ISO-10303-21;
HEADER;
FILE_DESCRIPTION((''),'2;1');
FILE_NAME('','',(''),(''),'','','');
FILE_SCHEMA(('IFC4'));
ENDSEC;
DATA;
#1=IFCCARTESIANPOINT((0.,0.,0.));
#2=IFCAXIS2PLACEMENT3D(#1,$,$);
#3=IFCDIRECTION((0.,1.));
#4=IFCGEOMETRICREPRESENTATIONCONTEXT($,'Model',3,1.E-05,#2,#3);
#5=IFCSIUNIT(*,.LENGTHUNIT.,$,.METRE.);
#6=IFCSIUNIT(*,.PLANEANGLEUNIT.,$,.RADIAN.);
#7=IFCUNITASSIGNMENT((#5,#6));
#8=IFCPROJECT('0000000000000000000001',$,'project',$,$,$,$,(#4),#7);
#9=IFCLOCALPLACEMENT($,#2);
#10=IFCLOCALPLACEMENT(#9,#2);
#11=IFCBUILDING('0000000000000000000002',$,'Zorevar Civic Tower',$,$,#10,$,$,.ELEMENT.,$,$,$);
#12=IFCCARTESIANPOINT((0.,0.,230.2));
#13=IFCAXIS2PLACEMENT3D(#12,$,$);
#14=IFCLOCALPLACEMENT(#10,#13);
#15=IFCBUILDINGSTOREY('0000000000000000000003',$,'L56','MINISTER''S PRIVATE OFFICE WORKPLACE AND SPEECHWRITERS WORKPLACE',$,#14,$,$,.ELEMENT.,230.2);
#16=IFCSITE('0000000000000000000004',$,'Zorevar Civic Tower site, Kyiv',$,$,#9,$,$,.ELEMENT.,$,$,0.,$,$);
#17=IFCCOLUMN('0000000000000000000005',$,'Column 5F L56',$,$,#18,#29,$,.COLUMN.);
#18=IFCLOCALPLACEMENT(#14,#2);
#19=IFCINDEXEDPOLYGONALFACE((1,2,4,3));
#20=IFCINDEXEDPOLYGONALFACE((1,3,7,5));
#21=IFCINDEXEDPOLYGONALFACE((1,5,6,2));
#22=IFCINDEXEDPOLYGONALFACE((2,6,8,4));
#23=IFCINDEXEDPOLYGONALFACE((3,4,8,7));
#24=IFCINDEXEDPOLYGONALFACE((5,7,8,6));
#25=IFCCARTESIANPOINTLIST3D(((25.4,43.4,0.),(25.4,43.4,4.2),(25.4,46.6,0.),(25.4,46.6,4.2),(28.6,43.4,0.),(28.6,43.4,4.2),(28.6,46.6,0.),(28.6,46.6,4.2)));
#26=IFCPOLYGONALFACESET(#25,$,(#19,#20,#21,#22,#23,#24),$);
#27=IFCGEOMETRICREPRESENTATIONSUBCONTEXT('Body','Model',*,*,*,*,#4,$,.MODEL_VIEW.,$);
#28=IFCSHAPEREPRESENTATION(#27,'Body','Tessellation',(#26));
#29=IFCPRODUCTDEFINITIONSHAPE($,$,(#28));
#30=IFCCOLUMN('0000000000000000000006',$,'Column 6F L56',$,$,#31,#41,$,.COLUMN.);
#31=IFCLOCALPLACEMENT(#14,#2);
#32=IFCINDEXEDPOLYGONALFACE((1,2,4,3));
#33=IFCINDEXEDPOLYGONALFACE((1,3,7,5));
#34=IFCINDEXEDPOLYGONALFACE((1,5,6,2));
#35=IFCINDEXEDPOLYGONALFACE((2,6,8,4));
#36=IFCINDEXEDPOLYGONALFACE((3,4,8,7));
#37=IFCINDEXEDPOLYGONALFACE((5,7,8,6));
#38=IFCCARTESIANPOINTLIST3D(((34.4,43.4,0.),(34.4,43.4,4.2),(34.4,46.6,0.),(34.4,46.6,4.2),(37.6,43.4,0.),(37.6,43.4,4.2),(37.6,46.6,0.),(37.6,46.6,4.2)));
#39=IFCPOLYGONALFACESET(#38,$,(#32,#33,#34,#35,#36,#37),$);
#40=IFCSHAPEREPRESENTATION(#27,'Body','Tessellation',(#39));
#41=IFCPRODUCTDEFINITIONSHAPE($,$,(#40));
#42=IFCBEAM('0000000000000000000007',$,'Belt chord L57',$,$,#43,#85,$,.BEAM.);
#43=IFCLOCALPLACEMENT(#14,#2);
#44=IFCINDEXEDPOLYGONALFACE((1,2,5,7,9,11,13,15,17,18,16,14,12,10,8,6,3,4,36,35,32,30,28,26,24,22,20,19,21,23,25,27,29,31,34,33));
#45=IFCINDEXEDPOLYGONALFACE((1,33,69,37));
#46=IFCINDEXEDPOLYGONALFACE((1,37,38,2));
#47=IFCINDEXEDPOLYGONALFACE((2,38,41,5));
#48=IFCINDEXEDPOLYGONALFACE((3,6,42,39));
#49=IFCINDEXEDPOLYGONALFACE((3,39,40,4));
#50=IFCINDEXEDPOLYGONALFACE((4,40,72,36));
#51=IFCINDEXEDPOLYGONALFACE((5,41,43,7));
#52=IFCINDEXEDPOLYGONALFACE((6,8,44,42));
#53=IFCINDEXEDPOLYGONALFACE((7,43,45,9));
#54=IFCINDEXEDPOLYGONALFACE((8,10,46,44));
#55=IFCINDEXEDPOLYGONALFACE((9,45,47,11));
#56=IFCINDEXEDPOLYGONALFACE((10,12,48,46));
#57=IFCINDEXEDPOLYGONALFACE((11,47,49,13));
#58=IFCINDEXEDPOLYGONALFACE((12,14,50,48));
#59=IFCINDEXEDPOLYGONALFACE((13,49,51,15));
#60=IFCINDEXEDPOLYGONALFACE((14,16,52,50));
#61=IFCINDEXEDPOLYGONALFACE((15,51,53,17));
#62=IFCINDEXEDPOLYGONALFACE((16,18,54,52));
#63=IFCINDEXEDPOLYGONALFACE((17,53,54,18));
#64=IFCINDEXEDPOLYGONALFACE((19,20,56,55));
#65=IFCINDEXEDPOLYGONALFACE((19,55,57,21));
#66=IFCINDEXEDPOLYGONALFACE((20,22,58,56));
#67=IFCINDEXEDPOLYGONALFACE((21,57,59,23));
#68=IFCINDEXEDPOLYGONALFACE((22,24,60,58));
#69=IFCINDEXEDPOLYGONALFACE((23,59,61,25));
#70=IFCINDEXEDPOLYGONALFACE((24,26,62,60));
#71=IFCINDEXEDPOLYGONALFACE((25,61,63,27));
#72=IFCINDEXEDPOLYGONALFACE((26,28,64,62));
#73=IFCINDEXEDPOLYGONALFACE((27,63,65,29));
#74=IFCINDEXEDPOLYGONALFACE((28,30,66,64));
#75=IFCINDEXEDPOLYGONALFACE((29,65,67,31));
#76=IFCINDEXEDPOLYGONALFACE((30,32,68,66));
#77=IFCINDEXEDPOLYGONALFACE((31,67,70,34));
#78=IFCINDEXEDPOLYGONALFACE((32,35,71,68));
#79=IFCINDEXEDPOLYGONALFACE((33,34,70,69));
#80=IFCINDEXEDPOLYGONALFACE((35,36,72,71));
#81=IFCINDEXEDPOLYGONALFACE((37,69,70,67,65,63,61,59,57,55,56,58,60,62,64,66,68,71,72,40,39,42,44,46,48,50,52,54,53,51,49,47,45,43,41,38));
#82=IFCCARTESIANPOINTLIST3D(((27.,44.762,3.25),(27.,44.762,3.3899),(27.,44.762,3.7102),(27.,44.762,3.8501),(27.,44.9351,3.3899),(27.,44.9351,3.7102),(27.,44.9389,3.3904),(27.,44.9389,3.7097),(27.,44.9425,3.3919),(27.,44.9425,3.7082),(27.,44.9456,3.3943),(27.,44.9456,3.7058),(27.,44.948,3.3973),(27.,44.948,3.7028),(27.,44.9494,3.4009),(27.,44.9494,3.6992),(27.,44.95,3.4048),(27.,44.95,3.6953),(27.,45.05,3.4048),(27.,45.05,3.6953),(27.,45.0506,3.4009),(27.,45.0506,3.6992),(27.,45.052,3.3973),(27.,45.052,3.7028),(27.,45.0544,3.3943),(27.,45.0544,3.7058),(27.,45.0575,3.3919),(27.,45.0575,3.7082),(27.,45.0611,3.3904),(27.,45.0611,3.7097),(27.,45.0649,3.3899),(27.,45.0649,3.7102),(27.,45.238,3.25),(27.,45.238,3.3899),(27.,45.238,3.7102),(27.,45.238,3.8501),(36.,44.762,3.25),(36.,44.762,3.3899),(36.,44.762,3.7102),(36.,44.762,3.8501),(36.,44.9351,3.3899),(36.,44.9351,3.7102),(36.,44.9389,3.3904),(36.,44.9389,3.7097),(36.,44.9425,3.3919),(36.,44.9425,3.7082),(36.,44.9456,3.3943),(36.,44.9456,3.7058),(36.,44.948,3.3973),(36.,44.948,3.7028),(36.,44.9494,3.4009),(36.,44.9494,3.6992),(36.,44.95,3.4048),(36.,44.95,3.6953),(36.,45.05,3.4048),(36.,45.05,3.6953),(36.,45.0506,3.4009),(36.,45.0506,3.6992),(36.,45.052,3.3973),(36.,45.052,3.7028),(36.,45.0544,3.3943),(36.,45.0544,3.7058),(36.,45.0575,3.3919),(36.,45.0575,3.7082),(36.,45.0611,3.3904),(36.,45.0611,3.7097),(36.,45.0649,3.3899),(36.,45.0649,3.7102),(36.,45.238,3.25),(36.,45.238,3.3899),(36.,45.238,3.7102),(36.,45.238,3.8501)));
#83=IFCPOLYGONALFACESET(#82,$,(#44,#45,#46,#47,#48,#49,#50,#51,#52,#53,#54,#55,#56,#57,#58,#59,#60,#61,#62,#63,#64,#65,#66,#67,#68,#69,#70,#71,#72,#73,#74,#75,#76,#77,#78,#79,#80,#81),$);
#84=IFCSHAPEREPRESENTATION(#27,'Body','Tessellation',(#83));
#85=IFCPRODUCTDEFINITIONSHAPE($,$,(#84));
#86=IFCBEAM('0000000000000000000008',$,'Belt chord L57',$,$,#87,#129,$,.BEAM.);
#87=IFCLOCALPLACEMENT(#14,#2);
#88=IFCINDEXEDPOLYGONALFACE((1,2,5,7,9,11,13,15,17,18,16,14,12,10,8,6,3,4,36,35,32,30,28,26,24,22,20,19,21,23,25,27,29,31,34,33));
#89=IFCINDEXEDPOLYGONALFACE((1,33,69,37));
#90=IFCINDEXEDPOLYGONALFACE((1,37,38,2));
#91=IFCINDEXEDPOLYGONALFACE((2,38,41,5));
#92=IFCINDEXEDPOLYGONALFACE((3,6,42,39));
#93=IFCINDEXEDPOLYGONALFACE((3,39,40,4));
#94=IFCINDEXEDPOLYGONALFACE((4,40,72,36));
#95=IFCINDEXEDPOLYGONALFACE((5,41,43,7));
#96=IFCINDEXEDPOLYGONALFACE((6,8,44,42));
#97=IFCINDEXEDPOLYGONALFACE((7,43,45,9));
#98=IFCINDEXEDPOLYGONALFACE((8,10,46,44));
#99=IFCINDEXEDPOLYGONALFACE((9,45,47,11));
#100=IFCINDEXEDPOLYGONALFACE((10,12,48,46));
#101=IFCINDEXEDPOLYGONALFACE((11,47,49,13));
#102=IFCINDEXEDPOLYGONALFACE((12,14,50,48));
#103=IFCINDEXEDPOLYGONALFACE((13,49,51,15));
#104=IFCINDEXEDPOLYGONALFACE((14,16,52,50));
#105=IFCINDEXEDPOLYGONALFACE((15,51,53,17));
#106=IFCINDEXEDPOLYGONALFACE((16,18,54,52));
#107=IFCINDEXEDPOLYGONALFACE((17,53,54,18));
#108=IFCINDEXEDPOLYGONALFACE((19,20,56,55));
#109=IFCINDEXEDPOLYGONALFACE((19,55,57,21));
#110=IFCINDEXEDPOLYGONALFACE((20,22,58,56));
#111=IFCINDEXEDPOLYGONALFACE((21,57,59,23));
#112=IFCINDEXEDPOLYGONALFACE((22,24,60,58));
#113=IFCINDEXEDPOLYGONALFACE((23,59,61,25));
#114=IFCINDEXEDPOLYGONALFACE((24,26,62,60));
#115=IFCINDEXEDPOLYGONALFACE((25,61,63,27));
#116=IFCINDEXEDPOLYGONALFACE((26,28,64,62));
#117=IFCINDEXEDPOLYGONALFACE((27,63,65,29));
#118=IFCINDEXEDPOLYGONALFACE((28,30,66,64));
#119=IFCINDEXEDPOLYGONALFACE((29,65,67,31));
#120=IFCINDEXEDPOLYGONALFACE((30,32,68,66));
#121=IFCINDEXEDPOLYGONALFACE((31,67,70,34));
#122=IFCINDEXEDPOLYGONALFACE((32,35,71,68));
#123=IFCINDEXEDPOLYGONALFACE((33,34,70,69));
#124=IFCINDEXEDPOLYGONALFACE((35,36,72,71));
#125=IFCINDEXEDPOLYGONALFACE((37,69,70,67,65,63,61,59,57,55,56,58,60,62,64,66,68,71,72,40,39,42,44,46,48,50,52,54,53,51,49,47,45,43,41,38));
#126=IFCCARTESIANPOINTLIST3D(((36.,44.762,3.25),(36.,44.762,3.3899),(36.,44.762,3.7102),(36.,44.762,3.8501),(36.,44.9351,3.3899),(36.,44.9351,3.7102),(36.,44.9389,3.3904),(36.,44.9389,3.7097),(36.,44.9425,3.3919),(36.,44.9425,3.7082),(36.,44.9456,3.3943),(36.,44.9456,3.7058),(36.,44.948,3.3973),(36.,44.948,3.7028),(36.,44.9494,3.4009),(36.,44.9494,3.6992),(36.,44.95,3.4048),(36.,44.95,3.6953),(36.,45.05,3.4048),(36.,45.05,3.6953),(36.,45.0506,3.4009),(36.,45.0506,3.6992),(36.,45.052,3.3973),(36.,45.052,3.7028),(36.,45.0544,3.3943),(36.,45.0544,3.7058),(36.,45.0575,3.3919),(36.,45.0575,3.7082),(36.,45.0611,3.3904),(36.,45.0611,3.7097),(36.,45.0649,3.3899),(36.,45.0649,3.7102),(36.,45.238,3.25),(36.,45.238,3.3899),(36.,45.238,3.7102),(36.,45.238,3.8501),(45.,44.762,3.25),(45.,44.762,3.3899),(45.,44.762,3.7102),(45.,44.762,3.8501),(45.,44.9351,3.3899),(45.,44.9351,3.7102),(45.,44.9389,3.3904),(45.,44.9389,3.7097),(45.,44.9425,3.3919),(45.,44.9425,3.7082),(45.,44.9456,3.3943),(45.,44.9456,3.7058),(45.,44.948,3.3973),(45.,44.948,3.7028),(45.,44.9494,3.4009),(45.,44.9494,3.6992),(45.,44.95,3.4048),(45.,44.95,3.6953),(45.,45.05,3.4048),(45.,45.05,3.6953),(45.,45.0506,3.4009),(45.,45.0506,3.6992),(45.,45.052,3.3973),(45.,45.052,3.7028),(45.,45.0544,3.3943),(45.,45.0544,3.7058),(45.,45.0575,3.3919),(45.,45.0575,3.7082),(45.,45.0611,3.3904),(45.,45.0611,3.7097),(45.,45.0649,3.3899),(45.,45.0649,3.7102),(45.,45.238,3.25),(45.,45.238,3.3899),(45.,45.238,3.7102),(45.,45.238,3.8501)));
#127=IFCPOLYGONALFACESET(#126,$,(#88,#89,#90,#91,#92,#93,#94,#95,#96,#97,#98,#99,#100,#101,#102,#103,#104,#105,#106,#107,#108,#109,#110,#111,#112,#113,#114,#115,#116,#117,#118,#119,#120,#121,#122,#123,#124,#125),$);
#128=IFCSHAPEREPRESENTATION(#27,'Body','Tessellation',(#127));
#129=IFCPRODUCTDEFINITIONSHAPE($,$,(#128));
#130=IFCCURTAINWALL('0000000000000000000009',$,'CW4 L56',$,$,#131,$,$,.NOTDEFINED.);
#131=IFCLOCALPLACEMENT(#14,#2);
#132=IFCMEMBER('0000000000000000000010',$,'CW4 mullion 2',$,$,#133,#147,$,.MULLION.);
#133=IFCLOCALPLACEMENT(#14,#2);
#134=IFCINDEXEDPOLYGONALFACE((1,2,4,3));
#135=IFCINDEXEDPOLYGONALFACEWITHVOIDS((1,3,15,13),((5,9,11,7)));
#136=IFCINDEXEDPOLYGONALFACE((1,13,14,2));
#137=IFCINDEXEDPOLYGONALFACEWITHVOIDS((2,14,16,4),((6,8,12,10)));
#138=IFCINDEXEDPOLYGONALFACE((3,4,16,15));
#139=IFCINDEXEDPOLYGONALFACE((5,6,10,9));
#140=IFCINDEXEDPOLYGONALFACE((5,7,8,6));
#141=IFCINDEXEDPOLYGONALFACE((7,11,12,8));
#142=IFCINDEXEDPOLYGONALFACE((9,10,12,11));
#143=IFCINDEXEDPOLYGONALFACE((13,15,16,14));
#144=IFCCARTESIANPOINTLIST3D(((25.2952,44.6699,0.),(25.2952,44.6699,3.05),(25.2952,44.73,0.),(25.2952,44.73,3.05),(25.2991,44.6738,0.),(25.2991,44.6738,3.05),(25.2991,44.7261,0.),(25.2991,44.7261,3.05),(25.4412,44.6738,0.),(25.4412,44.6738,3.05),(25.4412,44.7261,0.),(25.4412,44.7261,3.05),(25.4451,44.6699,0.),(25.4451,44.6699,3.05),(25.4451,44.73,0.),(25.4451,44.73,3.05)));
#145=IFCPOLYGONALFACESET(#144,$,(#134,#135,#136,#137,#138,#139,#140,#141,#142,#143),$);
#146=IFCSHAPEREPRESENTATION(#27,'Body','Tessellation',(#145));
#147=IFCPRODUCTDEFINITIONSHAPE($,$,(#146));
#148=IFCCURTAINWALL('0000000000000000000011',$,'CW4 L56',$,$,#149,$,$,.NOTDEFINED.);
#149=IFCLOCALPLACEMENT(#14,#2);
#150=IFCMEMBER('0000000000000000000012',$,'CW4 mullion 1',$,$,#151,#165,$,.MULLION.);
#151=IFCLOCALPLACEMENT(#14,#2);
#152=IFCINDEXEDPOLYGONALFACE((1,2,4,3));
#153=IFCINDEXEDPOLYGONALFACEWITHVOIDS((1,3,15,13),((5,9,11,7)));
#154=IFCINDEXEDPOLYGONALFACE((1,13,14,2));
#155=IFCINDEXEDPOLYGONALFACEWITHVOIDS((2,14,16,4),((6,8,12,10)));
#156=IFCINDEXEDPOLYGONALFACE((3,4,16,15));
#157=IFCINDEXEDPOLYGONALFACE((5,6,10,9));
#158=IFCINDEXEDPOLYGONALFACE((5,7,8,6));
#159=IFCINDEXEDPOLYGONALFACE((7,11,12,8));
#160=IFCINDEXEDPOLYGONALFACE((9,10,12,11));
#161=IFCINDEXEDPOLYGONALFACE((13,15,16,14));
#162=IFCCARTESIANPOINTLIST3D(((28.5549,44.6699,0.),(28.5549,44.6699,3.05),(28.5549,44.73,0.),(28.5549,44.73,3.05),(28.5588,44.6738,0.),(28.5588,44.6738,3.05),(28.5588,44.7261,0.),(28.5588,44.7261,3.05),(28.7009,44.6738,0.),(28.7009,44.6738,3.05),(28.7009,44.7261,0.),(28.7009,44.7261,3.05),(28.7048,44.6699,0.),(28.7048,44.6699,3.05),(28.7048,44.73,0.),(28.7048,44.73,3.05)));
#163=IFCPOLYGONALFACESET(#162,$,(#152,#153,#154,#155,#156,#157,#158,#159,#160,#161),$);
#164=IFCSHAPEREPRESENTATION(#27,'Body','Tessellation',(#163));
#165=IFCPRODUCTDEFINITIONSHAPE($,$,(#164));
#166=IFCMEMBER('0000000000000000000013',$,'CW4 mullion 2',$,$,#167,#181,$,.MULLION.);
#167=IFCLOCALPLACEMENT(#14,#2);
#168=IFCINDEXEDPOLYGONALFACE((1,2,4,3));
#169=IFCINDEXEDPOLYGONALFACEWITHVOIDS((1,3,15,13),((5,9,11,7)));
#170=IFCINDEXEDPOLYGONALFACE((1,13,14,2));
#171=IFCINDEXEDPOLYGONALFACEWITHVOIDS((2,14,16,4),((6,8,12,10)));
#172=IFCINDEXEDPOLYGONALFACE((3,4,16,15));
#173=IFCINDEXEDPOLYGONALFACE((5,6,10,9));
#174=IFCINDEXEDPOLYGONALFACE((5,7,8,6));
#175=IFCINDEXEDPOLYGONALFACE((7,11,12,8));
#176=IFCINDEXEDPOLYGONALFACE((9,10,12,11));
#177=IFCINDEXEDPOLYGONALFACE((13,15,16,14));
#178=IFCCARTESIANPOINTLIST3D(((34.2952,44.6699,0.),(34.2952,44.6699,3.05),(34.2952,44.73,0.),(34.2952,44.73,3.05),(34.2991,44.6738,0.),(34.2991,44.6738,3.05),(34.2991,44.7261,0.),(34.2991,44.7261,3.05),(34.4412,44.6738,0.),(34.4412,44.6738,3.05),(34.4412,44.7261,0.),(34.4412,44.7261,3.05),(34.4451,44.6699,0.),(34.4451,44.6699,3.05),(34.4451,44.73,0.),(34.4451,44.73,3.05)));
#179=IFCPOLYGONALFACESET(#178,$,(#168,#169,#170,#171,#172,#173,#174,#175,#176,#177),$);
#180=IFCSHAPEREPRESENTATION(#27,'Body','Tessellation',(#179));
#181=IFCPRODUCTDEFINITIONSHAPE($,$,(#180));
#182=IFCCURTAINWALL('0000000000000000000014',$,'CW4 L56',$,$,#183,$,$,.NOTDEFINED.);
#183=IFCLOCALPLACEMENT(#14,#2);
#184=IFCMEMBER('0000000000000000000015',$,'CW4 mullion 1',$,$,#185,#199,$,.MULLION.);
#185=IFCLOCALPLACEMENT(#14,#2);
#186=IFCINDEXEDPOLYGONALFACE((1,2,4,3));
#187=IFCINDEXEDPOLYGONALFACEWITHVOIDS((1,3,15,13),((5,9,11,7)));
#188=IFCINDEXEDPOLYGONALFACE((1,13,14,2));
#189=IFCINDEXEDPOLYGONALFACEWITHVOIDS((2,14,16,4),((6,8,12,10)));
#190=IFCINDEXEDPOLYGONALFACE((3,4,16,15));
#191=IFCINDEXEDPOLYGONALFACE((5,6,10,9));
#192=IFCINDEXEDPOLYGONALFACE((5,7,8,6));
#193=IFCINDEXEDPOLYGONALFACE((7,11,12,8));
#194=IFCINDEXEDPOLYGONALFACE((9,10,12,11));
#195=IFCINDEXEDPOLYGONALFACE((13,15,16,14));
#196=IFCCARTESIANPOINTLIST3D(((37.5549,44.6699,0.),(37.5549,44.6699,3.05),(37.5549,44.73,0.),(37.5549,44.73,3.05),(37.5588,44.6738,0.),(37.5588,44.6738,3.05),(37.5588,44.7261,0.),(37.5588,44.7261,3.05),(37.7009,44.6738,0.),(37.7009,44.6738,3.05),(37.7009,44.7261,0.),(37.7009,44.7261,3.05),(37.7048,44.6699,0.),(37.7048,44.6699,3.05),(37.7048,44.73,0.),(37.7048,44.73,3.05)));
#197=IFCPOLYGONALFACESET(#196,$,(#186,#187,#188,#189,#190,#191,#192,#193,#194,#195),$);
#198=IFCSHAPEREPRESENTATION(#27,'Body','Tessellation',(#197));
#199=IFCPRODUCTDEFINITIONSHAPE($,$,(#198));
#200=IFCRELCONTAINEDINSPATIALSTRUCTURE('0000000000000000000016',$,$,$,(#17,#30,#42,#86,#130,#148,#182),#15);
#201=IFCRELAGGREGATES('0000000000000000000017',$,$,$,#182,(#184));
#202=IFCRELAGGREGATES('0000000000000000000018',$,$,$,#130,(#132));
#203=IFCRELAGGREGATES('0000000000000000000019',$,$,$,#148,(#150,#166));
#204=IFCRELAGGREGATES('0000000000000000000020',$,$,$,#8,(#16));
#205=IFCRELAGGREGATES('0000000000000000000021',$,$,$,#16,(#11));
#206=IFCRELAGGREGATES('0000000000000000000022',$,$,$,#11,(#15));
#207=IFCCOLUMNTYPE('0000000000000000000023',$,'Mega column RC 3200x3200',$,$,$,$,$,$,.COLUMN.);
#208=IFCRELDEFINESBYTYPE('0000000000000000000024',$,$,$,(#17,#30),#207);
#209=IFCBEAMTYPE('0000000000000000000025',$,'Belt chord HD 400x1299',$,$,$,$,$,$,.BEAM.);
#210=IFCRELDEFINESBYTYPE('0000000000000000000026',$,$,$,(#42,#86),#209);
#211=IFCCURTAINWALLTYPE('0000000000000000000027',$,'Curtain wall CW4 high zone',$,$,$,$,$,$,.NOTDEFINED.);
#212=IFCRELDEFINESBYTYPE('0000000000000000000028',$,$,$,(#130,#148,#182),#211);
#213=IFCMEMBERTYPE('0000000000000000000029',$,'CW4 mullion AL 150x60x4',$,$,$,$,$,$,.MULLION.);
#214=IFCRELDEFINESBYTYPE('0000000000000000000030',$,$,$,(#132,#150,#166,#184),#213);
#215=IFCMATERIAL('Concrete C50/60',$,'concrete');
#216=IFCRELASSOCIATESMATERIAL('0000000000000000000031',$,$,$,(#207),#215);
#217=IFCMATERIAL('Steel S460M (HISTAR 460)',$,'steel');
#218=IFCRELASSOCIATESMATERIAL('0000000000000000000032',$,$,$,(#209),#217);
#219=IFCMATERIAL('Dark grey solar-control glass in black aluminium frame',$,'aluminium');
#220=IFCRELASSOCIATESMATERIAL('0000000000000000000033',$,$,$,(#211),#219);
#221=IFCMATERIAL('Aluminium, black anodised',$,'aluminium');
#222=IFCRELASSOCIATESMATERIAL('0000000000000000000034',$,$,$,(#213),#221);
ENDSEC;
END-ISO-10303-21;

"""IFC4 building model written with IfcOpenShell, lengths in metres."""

from ifc_helpers import new_model, si_unit, direction, frame, origin, origin_2d, place, context, subcontext, project, spatial, rectangle, hollow_rectangle, i_section, extrude, material, material_profile, profile_set, type_object, element, aggregate, save


model = new_model("IFC4")

# Units and contexts
model_context = context("Model", 3, precision=1e-05, world=origin(), true_north=direction((0.0, 1.0)))
body_context = subcontext(model_context, "Body", "Model", "MODEL_VIEW")
ifc_project = project(units=[si_unit("LENGTHUNIT", "METRE"), si_unit("PLANEANGLEUNIT", "RADIAN")], contexts=[model_context])

# Site, building, storey
site_placement = place(None, origin())
site = spatial("IfcSite", under=ifc_project, at=site_placement, Name="Zorevar Civic Tower site, Kyiv", CompositionType="ELEMENT", RefElevation=0.0)
building_placement = place(site_placement, origin())
building = spatial("IfcBuilding", under=site, at=building_placement, Name="Zorevar Civic Tower", CompositionType="ELEMENT")
storey_placement = place(building_placement, frame((0.0, 0.0, 230.2)))
storey = spatial("IfcBuildingStorey", under=building, at=storey_placement, Name="L56", Description="MINISTER'S PRIVATE OFFICE WORKPLACE AND SPEECHWRITERS WORKPLACE", CompositionType="ELEMENT", Elevation=230.2)

# Columns
ifc_material_1 = material(Name="Concrete C50/60", Category="concrete")
ifc_material_profile_1 = material_profile(ifc_material_1, rectangle(XDim=3.2, YDim=3.2, at=origin_2d()), Name="RC 3200x3200")
ifc_profile_set_1 = profile_set([ifc_material_profile_1], Name="Concrete C50/60")
column_type = type_object("IfcColumnType", Name="Mega column RC 3200x3200", PredefinedType="COLUMN", material=ifc_profile_set_1)
for number, where, z_axis, x_axis, name in (
    (1, (27.0, 45.0, 0.0), (0.0, 0.0, 1.0), (1.0, 0.0, 0.0), "Column 5F L56"),
    (2, (36.0, 45.0, 0.0), (0.0, 0.0, 1.0), (1.0, 0.0, 0.0), "Column 6F L56"),
):
    element("IfcColumn", number, at=place(storey_placement, frame(where, z_axis=z_axis, x_axis=x_axis)), inside=storey, type_object=column_type, Name=name, PredefinedType="COLUMN", context=body_context, shape_type="SweptSolid", body=[
        extrude(rectangle(XDim=3.2, YDim=3.2, at=origin_2d()), origin(), (0.0, 0.0, 1.0), 4.2),
    ])

# Beams
ifc_material_2 = material(Name="Steel S460M (HISTAR 460)", Category="steel")
ifc_material_profile_2 = material_profile(ifc_material_2, i_section(OverallWidth=0.4761, OverallDepth=0.6001, WebThickness=0.1001, FlangeThickness=0.1399, FilletRadius=0.0149, at=origin_2d()), Name="HD 400x1299")
ifc_profile_set_2 = profile_set([ifc_material_profile_2], Name="Steel S460M (HISTAR 460)")
beam_type_1 = type_object("IfcBeamType", Name="Belt chord HD 400x1299", PredefinedType="BEAM", material=ifc_profile_set_2)
for number, where, z_axis, x_axis, name in (
    (3, (27.0, 45.0, 3.55), (1.0, 0.0, 0.0), (0.0, 1.0, 0.0), "Belt chord L57"),
    (4, (36.0, 45.0, 3.55), (1.0, 0.0, 0.0), (0.0, 1.0, 0.0), "Belt chord L57"),
):
    element("IfcBeam", number, at=place(storey_placement, frame(where, z_axis=z_axis, x_axis=x_axis)), inside=storey, type_object=beam_type_1, Name=name, PredefinedType="BEAM", context=body_context, shape_type="SweptSolid", body=[
        extrude(i_section(OverallWidth=0.4761, OverallDepth=0.6001, WebThickness=0.1001, FlangeThickness=0.1399, FilletRadius=0.0149, at=origin_2d()), origin(), (0.0, 0.0, 1.0), 9.0),
    ])

# Curtain wall, member
ifc_material_3 = material(Name="Dark grey solar-control glass in black aluminium frame", Category="aluminium")
curtain_wall_type = type_object("IfcCurtainWallType", Name="Curtain wall CW4 high zone", PredefinedType="NOTDEFINED", material=ifc_material_3)
curtain_wall_1_placement = place(storey_placement, origin())
curtain_wall_1 = element("IfcCurtainWall", 5, at=curtain_wall_1_placement, inside=storey, type_object=curtain_wall_type, Name="CW4 L56", PredefinedType="NOTDEFINED")
ifc_material_4 = material(Name="Aluminium, black anodised", Category="aluminium")
ifc_material_profile_3 = material_profile(ifc_material_4, hollow_rectangle(XDim=0.0601, YDim=0.1499, WallThickness=0.0039, at=origin_2d()), Name="AL 150x60x4")
ifc_profile_set_3 = profile_set([ifc_material_profile_3], Name="Aluminium, black anodised")
member_type_1 = type_object("IfcMemberType", Name="CW4 mullion AL 150x60x4", PredefinedType="MULLION", material=ifc_profile_set_3)
member_1_placement = place(storey_placement, frame((25.3701, 44.7, 0.0), z_axis=(0.0, 0.0, 1.0), x_axis=(0.0, 1.0, 0.0)))
member_1 = element("IfcMember", 6, at=member_1_placement, type_object=member_type_1, Name="CW4 mullion 2", PredefinedType="MULLION", context=body_context, shape_type="SweptSolid", body=[
    extrude(hollow_rectangle(XDim=0.0601, YDim=0.1499, WallThickness=0.0039, at=origin_2d()), origin(), (0.0, 0.0, 1.0), 3.05),
])

# Curtain wall, members
curtain_wall_2_placement = place(storey_placement, origin())
curtain_wall_2 = element("IfcCurtainWall", 7, at=curtain_wall_2_placement, inside=storey, type_object=curtain_wall_type, Name="CW4 L56", PredefinedType="NOTDEFINED")
member_2_placement = place(storey_placement, frame((28.6299, 44.7, 0.0), z_axis=(0.0, 0.0, 1.0), x_axis=(0.0, 1.0, 0.0)))
member_2 = element("IfcMember", 8, at=member_2_placement, type_object=member_type_1, Name="CW4 mullion 1", PredefinedType="MULLION", context=body_context, shape_type="SweptSolid", body=[
    extrude(hollow_rectangle(XDim=0.0601, YDim=0.1499, WallThickness=0.0039, at=origin_2d()), origin(), (0.0, 0.0, 1.0), 3.05),
])
member_3_placement = place(storey_placement, frame((34.3701, 44.7, 0.0), z_axis=(0.0, 0.0, 1.0), x_axis=(0.0, 1.0, 0.0)))
member_3 = element("IfcMember", 9, at=member_3_placement, type_object=member_type_1, Name="CW4 mullion 2", PredefinedType="MULLION", context=body_context, shape_type="SweptSolid", body=[
    extrude(hollow_rectangle(XDim=0.0601, YDim=0.1499, WallThickness=0.0039, at=origin_2d()), origin(), (0.0, 0.0, 1.0), 3.05),
])

# Curtain wall, member
curtain_wall_3_placement = place(storey_placement, origin())
curtain_wall_3 = element("IfcCurtainWall", 10, at=curtain_wall_3_placement, inside=storey, type_object=curtain_wall_type, Name="CW4 L56", PredefinedType="NOTDEFINED")
member_4_placement = place(storey_placement, frame((37.6299, 44.7, 0.0), z_axis=(0.0, 0.0, 1.0), x_axis=(0.0, 1.0, 0.0)))
member_4 = element("IfcMember", 11, at=member_4_placement, type_object=member_type_1, Name="CW4 mullion 1", PredefinedType="MULLION", context=body_context, shape_type="SweptSolid", body=[
    extrude(hollow_rectangle(XDim=0.0601, YDim=0.1499, WallThickness=0.0039, at=origin_2d()), origin(), (0.0, 0.0, 1.0), 3.05),
])

aggregate(curtain_wall_3, [member_4])

aggregate(curtain_wall_1, [member_1])
aggregate(curtain_wall_2, [member_2, member_3])

save(model, "model.ifc")
